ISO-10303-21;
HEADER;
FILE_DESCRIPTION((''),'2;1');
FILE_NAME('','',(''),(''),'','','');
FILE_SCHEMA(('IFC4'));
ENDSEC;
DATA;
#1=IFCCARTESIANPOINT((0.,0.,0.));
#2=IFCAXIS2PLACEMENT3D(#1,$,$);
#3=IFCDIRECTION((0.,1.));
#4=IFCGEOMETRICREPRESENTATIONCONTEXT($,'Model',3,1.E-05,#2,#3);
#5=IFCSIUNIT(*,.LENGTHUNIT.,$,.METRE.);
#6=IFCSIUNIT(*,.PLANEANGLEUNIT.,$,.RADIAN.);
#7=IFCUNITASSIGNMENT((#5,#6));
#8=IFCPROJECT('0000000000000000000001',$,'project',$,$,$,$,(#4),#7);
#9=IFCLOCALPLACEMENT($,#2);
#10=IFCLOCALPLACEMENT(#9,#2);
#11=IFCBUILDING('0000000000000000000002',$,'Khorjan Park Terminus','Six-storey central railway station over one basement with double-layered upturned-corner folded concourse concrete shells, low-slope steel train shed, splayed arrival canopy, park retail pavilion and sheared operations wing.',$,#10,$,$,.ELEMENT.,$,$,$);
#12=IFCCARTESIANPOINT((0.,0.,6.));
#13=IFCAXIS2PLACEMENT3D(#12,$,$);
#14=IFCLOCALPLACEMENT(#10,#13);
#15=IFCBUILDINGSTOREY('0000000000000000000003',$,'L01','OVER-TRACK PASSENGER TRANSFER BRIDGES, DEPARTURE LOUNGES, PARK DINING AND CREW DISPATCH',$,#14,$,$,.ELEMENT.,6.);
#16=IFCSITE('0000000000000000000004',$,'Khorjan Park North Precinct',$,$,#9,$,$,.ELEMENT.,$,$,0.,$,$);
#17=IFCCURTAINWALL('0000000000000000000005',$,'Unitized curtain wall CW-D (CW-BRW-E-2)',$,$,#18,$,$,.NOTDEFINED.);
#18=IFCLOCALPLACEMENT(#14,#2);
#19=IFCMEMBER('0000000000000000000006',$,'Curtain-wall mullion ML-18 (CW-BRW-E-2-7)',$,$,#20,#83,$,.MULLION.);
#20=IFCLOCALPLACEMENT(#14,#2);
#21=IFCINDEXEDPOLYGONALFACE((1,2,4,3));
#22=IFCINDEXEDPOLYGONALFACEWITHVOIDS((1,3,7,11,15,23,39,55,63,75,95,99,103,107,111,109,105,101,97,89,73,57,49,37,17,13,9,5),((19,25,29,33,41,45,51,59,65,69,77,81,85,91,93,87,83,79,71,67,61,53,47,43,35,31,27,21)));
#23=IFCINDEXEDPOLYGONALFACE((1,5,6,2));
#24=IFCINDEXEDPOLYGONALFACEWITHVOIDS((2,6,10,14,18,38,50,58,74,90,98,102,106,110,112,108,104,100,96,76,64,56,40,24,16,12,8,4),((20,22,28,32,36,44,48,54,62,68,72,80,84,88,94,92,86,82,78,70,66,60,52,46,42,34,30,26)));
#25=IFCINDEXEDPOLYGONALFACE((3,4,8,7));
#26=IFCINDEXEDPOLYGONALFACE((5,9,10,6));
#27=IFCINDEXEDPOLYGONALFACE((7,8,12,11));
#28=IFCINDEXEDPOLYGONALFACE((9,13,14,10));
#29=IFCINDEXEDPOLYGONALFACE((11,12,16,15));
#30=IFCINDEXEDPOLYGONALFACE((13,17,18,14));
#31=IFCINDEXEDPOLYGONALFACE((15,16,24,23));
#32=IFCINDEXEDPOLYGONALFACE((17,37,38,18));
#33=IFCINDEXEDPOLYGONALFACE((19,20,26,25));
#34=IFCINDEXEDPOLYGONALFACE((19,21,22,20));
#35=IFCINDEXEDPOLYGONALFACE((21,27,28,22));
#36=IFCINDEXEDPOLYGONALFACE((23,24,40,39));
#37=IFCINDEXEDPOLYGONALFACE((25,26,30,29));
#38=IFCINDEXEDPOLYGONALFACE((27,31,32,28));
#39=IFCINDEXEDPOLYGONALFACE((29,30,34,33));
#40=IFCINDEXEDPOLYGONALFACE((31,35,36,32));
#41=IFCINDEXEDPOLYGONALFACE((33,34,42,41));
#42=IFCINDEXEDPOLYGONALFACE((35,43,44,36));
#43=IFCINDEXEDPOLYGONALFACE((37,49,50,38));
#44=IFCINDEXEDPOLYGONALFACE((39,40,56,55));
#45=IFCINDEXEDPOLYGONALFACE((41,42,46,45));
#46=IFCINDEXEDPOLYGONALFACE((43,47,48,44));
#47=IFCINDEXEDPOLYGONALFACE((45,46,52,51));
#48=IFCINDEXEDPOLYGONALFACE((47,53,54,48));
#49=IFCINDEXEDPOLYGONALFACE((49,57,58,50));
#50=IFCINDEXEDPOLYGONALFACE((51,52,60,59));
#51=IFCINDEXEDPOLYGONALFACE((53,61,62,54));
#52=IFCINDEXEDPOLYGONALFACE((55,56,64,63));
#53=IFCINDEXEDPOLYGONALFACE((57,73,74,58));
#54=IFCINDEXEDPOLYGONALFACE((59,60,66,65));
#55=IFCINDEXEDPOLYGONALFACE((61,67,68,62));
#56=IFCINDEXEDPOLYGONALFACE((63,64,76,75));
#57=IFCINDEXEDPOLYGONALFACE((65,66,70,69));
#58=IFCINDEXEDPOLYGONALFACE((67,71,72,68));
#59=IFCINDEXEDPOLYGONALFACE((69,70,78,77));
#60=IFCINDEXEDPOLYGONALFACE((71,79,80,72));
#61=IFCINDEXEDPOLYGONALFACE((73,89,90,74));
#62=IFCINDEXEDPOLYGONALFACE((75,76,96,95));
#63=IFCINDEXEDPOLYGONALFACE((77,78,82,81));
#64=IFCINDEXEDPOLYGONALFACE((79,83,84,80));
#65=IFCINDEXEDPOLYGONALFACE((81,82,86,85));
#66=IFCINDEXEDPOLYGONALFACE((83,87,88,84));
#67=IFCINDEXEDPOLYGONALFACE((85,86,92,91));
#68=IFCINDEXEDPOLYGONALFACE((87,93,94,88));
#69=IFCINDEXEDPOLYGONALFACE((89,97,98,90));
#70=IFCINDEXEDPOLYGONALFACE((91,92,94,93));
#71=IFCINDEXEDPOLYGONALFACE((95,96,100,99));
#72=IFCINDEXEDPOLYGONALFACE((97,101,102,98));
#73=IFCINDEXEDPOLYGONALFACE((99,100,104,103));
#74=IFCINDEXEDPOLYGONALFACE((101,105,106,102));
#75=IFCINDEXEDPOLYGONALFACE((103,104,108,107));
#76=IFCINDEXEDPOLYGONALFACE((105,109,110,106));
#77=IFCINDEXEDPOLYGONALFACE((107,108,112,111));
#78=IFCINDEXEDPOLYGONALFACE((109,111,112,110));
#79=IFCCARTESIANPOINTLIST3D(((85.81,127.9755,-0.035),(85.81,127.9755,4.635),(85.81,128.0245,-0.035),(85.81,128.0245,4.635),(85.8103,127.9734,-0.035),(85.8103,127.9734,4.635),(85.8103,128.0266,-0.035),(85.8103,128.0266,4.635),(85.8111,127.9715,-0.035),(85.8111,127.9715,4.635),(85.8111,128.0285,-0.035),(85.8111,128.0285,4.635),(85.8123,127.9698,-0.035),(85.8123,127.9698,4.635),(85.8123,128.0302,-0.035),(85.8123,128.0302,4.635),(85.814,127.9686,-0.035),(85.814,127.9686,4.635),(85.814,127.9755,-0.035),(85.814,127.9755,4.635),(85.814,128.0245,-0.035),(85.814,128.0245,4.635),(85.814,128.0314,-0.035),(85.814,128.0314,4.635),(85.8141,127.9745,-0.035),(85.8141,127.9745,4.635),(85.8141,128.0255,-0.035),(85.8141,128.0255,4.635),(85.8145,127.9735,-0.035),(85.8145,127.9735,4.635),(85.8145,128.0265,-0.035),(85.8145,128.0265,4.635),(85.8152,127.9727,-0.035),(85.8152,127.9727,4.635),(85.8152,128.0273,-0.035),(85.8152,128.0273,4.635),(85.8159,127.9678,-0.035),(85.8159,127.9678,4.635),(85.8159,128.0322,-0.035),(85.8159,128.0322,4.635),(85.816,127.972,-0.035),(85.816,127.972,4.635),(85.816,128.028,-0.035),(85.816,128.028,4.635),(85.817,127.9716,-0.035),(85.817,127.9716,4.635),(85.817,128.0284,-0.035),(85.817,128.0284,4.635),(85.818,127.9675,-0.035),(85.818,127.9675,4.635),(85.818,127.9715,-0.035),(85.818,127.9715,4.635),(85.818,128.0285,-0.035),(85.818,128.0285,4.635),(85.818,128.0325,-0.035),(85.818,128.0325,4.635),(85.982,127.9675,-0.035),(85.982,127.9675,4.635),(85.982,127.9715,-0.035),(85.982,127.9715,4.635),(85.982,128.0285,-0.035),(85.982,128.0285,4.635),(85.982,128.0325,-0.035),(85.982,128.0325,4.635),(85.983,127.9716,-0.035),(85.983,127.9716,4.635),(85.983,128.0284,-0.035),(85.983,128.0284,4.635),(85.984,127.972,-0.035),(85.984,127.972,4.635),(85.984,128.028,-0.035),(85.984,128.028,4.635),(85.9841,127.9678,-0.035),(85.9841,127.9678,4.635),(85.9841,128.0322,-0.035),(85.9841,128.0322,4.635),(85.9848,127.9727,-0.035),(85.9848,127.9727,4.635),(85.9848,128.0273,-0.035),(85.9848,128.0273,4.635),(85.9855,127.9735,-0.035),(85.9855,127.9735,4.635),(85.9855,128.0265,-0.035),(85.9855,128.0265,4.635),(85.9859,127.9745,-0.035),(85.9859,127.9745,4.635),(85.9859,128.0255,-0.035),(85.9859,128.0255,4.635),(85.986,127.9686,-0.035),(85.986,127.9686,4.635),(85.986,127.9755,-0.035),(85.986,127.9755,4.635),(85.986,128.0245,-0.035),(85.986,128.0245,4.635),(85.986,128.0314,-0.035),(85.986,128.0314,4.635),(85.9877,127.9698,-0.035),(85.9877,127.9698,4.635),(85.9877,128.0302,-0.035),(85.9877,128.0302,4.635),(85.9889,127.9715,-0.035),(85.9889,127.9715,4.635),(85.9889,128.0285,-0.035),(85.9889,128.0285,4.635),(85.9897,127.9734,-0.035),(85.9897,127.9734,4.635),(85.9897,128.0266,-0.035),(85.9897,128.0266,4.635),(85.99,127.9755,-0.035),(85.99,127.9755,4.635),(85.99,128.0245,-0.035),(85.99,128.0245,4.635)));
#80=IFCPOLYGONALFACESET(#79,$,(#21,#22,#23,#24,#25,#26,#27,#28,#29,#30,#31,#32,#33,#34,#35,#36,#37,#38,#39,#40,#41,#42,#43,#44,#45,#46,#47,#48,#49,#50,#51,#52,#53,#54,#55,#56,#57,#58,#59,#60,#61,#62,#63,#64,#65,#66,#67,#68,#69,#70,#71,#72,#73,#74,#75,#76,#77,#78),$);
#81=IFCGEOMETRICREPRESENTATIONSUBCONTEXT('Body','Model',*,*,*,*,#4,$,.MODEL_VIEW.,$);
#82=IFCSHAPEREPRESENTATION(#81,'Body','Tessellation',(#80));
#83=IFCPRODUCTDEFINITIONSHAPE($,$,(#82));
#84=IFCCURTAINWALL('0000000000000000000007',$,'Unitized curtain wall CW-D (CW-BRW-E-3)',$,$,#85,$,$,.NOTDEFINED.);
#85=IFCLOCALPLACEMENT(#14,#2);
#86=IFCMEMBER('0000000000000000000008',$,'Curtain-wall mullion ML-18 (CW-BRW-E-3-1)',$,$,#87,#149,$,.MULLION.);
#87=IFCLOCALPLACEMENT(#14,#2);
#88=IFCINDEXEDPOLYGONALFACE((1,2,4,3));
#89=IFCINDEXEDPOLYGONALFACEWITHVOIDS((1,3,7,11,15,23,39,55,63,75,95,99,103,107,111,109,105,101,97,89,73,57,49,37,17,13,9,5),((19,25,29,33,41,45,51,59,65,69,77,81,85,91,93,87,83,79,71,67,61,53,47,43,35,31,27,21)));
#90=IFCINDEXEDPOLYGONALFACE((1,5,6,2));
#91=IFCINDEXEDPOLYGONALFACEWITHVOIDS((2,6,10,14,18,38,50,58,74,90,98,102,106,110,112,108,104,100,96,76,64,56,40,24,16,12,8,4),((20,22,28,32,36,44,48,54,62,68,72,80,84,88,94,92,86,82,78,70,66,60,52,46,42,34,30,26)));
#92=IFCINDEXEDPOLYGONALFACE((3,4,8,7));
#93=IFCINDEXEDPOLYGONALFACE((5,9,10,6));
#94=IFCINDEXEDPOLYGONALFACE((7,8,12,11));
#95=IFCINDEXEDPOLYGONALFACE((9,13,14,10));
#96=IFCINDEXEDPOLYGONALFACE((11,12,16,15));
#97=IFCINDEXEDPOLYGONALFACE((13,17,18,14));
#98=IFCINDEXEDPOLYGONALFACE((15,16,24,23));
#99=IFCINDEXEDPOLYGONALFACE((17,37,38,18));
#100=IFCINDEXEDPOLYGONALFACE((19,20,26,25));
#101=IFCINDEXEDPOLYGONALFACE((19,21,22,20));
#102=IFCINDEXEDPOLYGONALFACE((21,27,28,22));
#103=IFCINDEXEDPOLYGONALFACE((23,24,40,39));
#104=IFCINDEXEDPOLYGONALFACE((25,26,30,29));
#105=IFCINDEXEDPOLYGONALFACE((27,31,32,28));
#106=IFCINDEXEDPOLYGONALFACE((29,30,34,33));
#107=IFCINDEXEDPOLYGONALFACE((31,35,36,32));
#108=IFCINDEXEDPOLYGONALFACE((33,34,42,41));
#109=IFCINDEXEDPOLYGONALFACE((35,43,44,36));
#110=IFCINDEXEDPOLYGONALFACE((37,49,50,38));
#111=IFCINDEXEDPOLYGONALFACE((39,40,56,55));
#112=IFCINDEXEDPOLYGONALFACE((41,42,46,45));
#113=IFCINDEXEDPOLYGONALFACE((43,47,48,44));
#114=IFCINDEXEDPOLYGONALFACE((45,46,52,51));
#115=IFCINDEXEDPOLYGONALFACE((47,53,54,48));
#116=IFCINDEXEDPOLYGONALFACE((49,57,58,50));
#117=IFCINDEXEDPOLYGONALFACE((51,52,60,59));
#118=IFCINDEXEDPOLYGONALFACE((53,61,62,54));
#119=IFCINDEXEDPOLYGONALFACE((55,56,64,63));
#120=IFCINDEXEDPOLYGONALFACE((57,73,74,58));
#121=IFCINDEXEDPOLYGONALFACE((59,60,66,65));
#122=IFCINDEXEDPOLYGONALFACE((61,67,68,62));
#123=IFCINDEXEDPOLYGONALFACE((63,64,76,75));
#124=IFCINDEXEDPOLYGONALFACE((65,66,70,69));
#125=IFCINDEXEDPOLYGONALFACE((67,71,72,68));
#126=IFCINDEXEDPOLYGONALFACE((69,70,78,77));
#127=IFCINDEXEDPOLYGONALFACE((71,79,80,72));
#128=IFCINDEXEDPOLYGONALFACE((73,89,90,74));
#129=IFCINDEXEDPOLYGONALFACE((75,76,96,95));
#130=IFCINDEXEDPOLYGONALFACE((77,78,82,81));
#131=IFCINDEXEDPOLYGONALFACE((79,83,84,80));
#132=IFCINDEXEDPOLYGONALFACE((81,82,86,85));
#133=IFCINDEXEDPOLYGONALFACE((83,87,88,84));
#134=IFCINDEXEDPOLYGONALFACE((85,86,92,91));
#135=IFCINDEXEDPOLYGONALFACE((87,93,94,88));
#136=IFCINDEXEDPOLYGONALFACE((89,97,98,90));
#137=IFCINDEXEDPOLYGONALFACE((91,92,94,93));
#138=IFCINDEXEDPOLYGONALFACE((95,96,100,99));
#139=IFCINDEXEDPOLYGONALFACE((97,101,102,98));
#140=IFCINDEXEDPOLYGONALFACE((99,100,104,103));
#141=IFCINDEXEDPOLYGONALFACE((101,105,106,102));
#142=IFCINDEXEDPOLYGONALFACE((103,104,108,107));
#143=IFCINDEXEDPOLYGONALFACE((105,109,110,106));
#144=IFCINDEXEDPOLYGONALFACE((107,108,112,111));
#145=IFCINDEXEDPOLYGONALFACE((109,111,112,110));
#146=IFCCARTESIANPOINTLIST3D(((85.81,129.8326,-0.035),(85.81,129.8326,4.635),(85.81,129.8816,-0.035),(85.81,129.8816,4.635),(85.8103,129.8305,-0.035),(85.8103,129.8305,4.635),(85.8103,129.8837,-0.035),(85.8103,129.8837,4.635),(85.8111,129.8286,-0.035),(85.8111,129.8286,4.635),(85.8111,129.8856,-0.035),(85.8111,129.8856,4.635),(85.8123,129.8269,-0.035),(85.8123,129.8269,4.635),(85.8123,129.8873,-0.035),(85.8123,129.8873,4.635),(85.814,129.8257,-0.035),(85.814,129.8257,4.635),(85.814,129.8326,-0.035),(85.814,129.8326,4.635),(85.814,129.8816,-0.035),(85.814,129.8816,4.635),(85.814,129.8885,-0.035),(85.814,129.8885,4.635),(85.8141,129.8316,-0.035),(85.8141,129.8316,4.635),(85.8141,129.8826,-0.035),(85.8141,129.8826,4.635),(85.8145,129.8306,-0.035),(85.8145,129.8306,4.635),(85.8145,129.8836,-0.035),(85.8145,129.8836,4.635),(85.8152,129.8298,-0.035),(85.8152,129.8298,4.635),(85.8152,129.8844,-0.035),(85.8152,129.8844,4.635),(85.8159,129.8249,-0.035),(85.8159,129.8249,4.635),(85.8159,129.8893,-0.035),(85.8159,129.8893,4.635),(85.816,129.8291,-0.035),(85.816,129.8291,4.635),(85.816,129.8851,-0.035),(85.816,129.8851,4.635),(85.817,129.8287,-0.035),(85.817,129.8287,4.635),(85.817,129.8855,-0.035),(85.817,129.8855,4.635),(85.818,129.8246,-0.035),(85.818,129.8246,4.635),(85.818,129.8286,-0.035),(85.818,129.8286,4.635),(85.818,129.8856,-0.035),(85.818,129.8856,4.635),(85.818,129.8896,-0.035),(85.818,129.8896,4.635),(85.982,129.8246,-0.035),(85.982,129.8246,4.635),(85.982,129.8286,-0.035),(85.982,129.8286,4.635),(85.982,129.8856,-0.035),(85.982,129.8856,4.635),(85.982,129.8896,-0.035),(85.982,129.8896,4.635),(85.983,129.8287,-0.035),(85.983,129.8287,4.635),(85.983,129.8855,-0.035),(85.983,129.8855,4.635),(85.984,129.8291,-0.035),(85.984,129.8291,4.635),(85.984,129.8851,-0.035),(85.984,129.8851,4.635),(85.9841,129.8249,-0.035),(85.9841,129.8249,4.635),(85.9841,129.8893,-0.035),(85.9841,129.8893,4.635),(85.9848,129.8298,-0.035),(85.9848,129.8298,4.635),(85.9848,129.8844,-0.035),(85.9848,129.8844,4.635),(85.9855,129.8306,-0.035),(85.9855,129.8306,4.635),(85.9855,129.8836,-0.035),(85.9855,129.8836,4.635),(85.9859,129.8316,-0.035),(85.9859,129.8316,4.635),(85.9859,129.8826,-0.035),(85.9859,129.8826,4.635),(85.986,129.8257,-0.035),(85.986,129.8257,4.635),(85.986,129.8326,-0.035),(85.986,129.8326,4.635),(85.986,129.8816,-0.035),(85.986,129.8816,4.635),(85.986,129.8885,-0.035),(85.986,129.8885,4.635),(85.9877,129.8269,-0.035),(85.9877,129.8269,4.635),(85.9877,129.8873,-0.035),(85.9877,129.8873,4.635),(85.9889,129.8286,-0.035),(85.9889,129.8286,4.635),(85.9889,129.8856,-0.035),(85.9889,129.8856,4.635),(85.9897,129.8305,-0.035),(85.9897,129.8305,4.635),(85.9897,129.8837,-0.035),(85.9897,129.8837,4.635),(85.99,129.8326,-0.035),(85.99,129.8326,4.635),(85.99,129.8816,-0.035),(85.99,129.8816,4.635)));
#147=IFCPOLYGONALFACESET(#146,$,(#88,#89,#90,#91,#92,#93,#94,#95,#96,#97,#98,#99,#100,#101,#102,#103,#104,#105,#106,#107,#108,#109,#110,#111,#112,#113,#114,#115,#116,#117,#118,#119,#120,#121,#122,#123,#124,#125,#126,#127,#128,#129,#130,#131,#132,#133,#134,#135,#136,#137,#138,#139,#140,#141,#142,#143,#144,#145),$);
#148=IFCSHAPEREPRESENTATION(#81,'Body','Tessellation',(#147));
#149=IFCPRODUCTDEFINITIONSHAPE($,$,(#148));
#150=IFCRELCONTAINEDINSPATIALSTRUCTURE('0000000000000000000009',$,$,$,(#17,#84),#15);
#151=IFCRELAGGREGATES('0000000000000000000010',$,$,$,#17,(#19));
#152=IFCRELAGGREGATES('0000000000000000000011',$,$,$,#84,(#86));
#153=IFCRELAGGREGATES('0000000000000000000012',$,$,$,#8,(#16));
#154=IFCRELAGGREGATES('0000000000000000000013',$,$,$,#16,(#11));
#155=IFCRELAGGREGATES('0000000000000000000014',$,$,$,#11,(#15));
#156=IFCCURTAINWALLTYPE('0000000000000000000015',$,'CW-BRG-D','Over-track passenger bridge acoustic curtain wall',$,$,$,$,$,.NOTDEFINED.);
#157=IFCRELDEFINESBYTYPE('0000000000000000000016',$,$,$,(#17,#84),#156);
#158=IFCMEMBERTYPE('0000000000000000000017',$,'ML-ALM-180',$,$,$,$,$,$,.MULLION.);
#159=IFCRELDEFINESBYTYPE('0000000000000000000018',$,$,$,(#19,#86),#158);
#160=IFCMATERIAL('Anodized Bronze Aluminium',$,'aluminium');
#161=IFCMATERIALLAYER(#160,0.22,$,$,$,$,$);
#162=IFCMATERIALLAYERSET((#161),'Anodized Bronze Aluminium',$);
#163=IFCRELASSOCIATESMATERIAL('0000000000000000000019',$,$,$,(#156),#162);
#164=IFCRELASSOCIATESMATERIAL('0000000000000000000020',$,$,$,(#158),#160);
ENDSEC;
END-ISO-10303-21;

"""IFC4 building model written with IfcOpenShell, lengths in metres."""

from ifc_helpers import new_model, si_unit, direction, frame, origin, origin_2d, place, context, subcontext, project, spatial, hollow_rectangle, extrude, material, layer, layer_set, material_profile, profile_set, type_object, element, aggregate, save


model = new_model("IFC4")

# Units and contexts
model_context = context("Model", 3, precision=1e-05, world=origin(), true_north=direction((0.0, 1.0)))
body_context = subcontext(model_context, "Body", "Model", "MODEL_VIEW")
ifc_project = project(units=[si_unit("LENGTHUNIT", "METRE"), si_unit("PLANEANGLEUNIT", "RADIAN")], contexts=[model_context])

# Site, building, storey
site_placement = place(None, origin())
site = spatial("IfcSite", under=ifc_project, at=site_placement, Name="Khorjan Park North Precinct", CompositionType="ELEMENT", RefElevation=0.0)
building_placement = place(site_placement, origin())
building = spatial("IfcBuilding", under=site, at=building_placement, Name="Khorjan Park Terminus", Description="Six-storey central railway station over one basement with double-layered upturned-corner folded concourse concrete shells, low-slope steel train shed, splayed arrival canopy, park retail pavilion and sheared operations wing.", CompositionType="ELEMENT")
storey_placement = place(building_placement, frame((0.0, 0.0, 6.0)))
storey = spatial("IfcBuildingStorey", under=building, at=storey_placement, Name="L01", Description="OVER-TRACK PASSENGER TRANSFER BRIDGES, DEPARTURE LOUNGES, PARK DINING AND CREW DISPATCH", CompositionType="ELEMENT", Elevation=6.0)

# Curtain wall, member
ifc_material_1 = material(Name="Anodized Bronze Aluminium", Category="aluminium")
ifc_layer_1 = layer(ifc_material_1, 0.22)
ifc_layer_set_1 = layer_set([ifc_layer_1], Name="Anodized Bronze Aluminium")
curtain_wall_type = type_object("IfcCurtainWallType", Name="CW-BRG-D", Description="Over-track passenger bridge acoustic curtain wall", PredefinedType="NOTDEFINED", material=ifc_layer_set_1)
curtain_wall_1_placement = place(storey_placement, origin())
curtain_wall_1 = element("IfcCurtainWall", 1, at=curtain_wall_1_placement, inside=storey, type_object=curtain_wall_type, Name="Unitized curtain wall CW-D (CW-BRW-E-2)", PredefinedType="NOTDEFINED")
ifc_material_profile_1 = material_profile(ifc_material_1, hollow_rectangle(XDim=0.065, YDim=0.18, WallThickness=0.004, InnerFilletRadius=0.004, OuterFilletRadius=0.008, at=origin_2d()), Name="ALM 65x180x4")
ifc_profile_set_1 = profile_set([ifc_material_profile_1], Name="Anodized Bronze Aluminium")
member_type_1 = type_object("IfcMemberType", Name="ML-ALM-180", PredefinedType="MULLION", material=ifc_profile_set_1)
member_1_placement = place(storey_placement, frame((85.9, 128.0, -0.035), z_axis=(0.0, 0.0, 1.0), x_axis=(0.0, 1.0, 0.0)))
member_1 = element("IfcMember", 2, at=member_1_placement, type_object=member_type_1, Name="Curtain-wall mullion ML-18 (CW-BRW-E-2-7)", PredefinedType="MULLION", context=body_context, shape_type="SweptSolid", body=[
    extrude(hollow_rectangle(XDim=0.065, YDim=0.18, WallThickness=0.004, InnerFilletRadius=0.004, OuterFilletRadius=0.008, at=origin_2d()), origin(), (0.0, 0.0, 1.0), 4.67),
])

# Curtain wall, member
curtain_wall_2_placement = place(storey_placement, origin())
curtain_wall_2 = element("IfcCurtainWall", 3, at=curtain_wall_2_placement, inside=storey, type_object=curtain_wall_type, Name="Unitized curtain wall CW-D (CW-BRW-E-3)", PredefinedType="NOTDEFINED")
member_2_placement = place(storey_placement, frame((85.9, 129.8571, -0.035), z_axis=(0.0, 0.0, 1.0), x_axis=(0.0, 1.0, 0.0)))
member_2 = element("IfcMember", 4, at=member_2_placement, type_object=member_type_1, Name="Curtain-wall mullion ML-18 (CW-BRW-E-3-1)", PredefinedType="MULLION", context=body_context, shape_type="SweptSolid", body=[
    extrude(hollow_rectangle(XDim=0.065, YDim=0.18, WallThickness=0.004, InnerFilletRadius=0.004, OuterFilletRadius=0.008, at=origin_2d()), origin(), (0.0, 0.0, 1.0), 4.67),
])

aggregate(curtain_wall_1, [member_1])
aggregate(curtain_wall_2, [member_2])

save(model, "model.ifc")
